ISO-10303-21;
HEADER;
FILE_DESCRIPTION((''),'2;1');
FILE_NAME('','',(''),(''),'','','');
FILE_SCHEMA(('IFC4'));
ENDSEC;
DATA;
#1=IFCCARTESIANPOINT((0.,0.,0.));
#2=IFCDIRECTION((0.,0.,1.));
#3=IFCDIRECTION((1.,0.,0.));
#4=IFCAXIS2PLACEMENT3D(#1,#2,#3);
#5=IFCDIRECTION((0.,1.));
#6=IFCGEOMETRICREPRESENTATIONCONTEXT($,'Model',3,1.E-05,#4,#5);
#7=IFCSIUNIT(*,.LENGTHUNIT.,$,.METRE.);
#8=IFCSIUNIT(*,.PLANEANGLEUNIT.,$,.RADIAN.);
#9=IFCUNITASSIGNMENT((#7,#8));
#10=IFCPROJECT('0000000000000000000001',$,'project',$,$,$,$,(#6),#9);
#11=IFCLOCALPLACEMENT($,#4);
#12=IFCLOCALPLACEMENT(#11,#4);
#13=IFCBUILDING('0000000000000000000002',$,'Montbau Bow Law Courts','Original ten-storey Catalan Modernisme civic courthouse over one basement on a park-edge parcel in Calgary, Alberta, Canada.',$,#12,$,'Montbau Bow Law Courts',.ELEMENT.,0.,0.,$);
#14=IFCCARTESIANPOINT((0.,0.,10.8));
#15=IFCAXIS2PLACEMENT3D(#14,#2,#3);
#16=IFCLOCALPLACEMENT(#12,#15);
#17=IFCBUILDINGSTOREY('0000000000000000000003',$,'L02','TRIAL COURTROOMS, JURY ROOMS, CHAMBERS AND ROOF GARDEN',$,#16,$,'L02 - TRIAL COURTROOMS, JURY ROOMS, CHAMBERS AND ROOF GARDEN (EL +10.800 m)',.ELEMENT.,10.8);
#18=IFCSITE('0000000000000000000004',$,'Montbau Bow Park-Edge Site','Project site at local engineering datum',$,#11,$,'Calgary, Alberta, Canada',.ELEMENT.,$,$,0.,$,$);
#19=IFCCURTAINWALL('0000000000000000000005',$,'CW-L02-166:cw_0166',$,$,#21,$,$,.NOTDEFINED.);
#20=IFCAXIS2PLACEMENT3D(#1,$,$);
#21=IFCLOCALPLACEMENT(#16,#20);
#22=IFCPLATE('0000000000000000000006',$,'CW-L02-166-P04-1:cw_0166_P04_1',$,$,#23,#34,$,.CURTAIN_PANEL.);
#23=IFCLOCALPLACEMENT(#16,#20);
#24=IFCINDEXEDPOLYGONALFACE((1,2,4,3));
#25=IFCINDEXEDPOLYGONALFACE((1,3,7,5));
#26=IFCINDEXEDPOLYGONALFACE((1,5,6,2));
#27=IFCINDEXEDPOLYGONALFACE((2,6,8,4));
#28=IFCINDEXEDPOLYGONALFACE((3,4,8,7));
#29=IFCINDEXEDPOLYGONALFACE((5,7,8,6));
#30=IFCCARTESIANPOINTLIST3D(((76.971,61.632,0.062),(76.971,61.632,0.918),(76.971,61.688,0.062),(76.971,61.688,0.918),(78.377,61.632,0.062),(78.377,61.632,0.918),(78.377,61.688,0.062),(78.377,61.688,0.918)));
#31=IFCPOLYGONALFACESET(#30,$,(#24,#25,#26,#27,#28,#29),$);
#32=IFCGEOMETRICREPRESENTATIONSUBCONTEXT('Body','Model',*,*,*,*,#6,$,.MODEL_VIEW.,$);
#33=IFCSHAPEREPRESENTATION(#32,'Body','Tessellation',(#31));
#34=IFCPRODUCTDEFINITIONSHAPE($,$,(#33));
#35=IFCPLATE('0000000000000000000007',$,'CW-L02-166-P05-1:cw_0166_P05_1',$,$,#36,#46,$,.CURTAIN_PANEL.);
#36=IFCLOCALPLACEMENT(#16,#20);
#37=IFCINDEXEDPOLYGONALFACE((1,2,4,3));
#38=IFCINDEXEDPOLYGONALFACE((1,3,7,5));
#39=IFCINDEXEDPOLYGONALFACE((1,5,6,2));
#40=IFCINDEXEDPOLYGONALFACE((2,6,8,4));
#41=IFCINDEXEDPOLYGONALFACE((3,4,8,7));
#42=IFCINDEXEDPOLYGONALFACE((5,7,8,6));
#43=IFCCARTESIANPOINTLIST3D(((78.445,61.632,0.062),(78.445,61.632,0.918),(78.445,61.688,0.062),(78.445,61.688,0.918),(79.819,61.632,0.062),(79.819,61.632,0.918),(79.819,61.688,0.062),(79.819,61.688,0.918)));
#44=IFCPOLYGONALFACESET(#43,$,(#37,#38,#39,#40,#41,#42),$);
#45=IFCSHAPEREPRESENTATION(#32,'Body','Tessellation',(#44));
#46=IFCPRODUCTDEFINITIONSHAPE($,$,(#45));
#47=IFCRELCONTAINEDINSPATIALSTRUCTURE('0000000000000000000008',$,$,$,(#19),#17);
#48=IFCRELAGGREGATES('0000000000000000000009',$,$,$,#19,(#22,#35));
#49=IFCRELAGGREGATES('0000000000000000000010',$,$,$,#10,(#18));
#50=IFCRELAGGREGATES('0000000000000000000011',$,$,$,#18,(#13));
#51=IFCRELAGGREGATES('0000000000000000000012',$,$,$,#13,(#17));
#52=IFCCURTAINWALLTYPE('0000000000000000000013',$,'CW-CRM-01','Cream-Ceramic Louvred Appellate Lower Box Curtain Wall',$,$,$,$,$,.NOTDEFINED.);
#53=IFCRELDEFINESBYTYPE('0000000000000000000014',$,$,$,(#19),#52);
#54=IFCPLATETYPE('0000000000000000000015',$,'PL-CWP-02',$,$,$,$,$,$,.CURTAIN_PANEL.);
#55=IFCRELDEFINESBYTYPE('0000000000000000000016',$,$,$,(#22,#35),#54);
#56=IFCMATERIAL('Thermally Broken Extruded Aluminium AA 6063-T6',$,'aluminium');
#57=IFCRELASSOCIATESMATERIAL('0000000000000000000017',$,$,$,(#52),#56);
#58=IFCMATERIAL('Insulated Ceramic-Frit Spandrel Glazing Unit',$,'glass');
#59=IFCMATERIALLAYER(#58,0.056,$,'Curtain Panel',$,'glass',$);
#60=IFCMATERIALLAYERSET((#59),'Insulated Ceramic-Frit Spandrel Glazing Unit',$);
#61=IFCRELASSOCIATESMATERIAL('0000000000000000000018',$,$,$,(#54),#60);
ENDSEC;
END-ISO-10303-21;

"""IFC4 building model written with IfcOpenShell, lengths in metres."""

from ifc_helpers import new_model, si_unit, direction, frame, frame_2d, origin_with_axes, place, context, subcontext, project, spatial, rectangle, extrude, material, layer, layer_set, type_object, element, aggregate, save


model = new_model("IFC4")

# Units and contexts
model_context = context("Model", 3, precision=1e-05, world=origin_with_axes(), true_north=direction((0.0, 1.0)))
body_context = subcontext(model_context, "Body", "Model", "MODEL_VIEW")
ifc_project = project(units=[si_unit("LENGTHUNIT", "METRE"), si_unit("PLANEANGLEUNIT", "RADIAN")], contexts=[model_context])

# Site, building, storey
site_placement = place(None, origin_with_axes())
site = spatial("IfcSite", under=ifc_project, at=site_placement, Name="Montbau Bow Park-Edge Site", Description="Project site at local engineering datum", LongName="Calgary, Alberta, Canada", CompositionType="ELEMENT", RefElevation=0.0)
building_placement = place(site_placement, origin_with_axes())
building = spatial("IfcBuilding", under=site, at=building_placement, Name="Montbau Bow Law Courts", Description="Original ten-storey Catalan Modernisme civic courthouse over one basement on a park-edge parcel in Calgary, Alberta, Canada.", LongName="Montbau Bow Law Courts", CompositionType="ELEMENT", ElevationOfRefHeight=0.0, ElevationOfTerrain=0.0)
storey_placement = place(building_placement, frame((0.0, 0.0, 10.8), z_axis=(0.0, 0.0, 1.0), x_axis=(1.0, 0.0, 0.0)))
storey = spatial("IfcBuildingStorey", under=building, at=storey_placement, Name="L02", Description="TRIAL COURTROOMS, JURY ROOMS, CHAMBERS AND ROOF GARDEN", LongName="L02 - TRIAL COURTROOMS, JURY ROOMS, CHAMBERS AND ROOF GARDEN (EL +10.800 m)", CompositionType="ELEMENT", Elevation=10.8)

# Curtain wall, plates
ifc_material_1 = material(Name="Thermally Broken Extruded Aluminium AA 6063-T6", Category="aluminium")
curtain_wall_type = type_object("IfcCurtainWallType", Name="CW-CRM-01", Description="Cream-Ceramic Louvred Appellate Lower Box Curtain Wall", PredefinedType="NOTDEFINED", material=ifc_material_1)
curtain_wall_placement = place(None, frame((72.515, 61.66, 10.8), z_axis=(0.0, 0.0, 1.0), x_axis=(1.0, 0.0, 0.0)))
curtain_wall = element("IfcCurtainWall", 1, at=curtain_wall_placement, inside=storey, type_object=curtain_wall_type, Name="CW-L02-166:cw_0166", PredefinedType="NOTDEFINED")
ifc_material_2 = material(Name="Insulated Ceramic-Frit Spandrel Glazing Unit", Category="glass")
ifc_layer_1 = layer(ifc_material_2, 0.056, Name="Curtain Panel", Category="glass")
ifc_layer_set_1 = layer_set([ifc_layer_1], Name="Insulated Ceramic-Frit Spandrel Glazing Unit")
plate_type_1 = type_object("IfcPlateType", Name="PL-CWP-02", PredefinedType="CURTAIN_PANEL", material=ifc_layer_set_1)
plate_1_placement = place(None, frame((76.971, 61.66, 10.862), z_axis=(0.0, -1.0, 0.0), x_axis=(1.0, 0.0, 0.0)))
plate_1 = element("IfcPlate", 2, at=plate_1_placement, type_object=plate_type_1, Name="CW-L02-166-P04-1:cw_0166_P04_1", PredefinedType="CURTAIN_PANEL", context=body_context, shape_type="SweptSolid", body=[
    extrude(rectangle(XDim=1.406, YDim=0.856, at=frame_2d((0.703, 0.428), x_axis=(1.0, 0.0))), frame((0.0, 0.0, -0.028), z_axis=(0.0, 0.0, 1.0), x_axis=(1.0, 0.0, 0.0)), (0.0, 0.0, 1.0), 0.056),
])
plate_2_placement = place(None, frame((78.445, 61.66, 10.862), z_axis=(0.0, -1.0, 0.0), x_axis=(1.0, 0.0, 0.0)))
plate_2 = element("IfcPlate", 3, at=plate_2_placement, type_object=plate_type_1, Name="CW-L02-166-P05-1:cw_0166_P05_1", PredefinedType="CURTAIN_PANEL", context=body_context, shape_type="SweptSolid", body=[
    extrude(rectangle(XDim=1.374, YDim=0.856, at=frame_2d((0.687, 0.428), x_axis=(1.0, 0.0))), frame((0.0, 0.0, -0.028), z_axis=(0.0, 0.0, 1.0), x_axis=(1.0, 0.0, 0.0)), (0.0, 0.0, 1.0), 0.056),
])
aggregate(curtain_wall, [plate_1, plate_2])

save(model, "model.ifc")
